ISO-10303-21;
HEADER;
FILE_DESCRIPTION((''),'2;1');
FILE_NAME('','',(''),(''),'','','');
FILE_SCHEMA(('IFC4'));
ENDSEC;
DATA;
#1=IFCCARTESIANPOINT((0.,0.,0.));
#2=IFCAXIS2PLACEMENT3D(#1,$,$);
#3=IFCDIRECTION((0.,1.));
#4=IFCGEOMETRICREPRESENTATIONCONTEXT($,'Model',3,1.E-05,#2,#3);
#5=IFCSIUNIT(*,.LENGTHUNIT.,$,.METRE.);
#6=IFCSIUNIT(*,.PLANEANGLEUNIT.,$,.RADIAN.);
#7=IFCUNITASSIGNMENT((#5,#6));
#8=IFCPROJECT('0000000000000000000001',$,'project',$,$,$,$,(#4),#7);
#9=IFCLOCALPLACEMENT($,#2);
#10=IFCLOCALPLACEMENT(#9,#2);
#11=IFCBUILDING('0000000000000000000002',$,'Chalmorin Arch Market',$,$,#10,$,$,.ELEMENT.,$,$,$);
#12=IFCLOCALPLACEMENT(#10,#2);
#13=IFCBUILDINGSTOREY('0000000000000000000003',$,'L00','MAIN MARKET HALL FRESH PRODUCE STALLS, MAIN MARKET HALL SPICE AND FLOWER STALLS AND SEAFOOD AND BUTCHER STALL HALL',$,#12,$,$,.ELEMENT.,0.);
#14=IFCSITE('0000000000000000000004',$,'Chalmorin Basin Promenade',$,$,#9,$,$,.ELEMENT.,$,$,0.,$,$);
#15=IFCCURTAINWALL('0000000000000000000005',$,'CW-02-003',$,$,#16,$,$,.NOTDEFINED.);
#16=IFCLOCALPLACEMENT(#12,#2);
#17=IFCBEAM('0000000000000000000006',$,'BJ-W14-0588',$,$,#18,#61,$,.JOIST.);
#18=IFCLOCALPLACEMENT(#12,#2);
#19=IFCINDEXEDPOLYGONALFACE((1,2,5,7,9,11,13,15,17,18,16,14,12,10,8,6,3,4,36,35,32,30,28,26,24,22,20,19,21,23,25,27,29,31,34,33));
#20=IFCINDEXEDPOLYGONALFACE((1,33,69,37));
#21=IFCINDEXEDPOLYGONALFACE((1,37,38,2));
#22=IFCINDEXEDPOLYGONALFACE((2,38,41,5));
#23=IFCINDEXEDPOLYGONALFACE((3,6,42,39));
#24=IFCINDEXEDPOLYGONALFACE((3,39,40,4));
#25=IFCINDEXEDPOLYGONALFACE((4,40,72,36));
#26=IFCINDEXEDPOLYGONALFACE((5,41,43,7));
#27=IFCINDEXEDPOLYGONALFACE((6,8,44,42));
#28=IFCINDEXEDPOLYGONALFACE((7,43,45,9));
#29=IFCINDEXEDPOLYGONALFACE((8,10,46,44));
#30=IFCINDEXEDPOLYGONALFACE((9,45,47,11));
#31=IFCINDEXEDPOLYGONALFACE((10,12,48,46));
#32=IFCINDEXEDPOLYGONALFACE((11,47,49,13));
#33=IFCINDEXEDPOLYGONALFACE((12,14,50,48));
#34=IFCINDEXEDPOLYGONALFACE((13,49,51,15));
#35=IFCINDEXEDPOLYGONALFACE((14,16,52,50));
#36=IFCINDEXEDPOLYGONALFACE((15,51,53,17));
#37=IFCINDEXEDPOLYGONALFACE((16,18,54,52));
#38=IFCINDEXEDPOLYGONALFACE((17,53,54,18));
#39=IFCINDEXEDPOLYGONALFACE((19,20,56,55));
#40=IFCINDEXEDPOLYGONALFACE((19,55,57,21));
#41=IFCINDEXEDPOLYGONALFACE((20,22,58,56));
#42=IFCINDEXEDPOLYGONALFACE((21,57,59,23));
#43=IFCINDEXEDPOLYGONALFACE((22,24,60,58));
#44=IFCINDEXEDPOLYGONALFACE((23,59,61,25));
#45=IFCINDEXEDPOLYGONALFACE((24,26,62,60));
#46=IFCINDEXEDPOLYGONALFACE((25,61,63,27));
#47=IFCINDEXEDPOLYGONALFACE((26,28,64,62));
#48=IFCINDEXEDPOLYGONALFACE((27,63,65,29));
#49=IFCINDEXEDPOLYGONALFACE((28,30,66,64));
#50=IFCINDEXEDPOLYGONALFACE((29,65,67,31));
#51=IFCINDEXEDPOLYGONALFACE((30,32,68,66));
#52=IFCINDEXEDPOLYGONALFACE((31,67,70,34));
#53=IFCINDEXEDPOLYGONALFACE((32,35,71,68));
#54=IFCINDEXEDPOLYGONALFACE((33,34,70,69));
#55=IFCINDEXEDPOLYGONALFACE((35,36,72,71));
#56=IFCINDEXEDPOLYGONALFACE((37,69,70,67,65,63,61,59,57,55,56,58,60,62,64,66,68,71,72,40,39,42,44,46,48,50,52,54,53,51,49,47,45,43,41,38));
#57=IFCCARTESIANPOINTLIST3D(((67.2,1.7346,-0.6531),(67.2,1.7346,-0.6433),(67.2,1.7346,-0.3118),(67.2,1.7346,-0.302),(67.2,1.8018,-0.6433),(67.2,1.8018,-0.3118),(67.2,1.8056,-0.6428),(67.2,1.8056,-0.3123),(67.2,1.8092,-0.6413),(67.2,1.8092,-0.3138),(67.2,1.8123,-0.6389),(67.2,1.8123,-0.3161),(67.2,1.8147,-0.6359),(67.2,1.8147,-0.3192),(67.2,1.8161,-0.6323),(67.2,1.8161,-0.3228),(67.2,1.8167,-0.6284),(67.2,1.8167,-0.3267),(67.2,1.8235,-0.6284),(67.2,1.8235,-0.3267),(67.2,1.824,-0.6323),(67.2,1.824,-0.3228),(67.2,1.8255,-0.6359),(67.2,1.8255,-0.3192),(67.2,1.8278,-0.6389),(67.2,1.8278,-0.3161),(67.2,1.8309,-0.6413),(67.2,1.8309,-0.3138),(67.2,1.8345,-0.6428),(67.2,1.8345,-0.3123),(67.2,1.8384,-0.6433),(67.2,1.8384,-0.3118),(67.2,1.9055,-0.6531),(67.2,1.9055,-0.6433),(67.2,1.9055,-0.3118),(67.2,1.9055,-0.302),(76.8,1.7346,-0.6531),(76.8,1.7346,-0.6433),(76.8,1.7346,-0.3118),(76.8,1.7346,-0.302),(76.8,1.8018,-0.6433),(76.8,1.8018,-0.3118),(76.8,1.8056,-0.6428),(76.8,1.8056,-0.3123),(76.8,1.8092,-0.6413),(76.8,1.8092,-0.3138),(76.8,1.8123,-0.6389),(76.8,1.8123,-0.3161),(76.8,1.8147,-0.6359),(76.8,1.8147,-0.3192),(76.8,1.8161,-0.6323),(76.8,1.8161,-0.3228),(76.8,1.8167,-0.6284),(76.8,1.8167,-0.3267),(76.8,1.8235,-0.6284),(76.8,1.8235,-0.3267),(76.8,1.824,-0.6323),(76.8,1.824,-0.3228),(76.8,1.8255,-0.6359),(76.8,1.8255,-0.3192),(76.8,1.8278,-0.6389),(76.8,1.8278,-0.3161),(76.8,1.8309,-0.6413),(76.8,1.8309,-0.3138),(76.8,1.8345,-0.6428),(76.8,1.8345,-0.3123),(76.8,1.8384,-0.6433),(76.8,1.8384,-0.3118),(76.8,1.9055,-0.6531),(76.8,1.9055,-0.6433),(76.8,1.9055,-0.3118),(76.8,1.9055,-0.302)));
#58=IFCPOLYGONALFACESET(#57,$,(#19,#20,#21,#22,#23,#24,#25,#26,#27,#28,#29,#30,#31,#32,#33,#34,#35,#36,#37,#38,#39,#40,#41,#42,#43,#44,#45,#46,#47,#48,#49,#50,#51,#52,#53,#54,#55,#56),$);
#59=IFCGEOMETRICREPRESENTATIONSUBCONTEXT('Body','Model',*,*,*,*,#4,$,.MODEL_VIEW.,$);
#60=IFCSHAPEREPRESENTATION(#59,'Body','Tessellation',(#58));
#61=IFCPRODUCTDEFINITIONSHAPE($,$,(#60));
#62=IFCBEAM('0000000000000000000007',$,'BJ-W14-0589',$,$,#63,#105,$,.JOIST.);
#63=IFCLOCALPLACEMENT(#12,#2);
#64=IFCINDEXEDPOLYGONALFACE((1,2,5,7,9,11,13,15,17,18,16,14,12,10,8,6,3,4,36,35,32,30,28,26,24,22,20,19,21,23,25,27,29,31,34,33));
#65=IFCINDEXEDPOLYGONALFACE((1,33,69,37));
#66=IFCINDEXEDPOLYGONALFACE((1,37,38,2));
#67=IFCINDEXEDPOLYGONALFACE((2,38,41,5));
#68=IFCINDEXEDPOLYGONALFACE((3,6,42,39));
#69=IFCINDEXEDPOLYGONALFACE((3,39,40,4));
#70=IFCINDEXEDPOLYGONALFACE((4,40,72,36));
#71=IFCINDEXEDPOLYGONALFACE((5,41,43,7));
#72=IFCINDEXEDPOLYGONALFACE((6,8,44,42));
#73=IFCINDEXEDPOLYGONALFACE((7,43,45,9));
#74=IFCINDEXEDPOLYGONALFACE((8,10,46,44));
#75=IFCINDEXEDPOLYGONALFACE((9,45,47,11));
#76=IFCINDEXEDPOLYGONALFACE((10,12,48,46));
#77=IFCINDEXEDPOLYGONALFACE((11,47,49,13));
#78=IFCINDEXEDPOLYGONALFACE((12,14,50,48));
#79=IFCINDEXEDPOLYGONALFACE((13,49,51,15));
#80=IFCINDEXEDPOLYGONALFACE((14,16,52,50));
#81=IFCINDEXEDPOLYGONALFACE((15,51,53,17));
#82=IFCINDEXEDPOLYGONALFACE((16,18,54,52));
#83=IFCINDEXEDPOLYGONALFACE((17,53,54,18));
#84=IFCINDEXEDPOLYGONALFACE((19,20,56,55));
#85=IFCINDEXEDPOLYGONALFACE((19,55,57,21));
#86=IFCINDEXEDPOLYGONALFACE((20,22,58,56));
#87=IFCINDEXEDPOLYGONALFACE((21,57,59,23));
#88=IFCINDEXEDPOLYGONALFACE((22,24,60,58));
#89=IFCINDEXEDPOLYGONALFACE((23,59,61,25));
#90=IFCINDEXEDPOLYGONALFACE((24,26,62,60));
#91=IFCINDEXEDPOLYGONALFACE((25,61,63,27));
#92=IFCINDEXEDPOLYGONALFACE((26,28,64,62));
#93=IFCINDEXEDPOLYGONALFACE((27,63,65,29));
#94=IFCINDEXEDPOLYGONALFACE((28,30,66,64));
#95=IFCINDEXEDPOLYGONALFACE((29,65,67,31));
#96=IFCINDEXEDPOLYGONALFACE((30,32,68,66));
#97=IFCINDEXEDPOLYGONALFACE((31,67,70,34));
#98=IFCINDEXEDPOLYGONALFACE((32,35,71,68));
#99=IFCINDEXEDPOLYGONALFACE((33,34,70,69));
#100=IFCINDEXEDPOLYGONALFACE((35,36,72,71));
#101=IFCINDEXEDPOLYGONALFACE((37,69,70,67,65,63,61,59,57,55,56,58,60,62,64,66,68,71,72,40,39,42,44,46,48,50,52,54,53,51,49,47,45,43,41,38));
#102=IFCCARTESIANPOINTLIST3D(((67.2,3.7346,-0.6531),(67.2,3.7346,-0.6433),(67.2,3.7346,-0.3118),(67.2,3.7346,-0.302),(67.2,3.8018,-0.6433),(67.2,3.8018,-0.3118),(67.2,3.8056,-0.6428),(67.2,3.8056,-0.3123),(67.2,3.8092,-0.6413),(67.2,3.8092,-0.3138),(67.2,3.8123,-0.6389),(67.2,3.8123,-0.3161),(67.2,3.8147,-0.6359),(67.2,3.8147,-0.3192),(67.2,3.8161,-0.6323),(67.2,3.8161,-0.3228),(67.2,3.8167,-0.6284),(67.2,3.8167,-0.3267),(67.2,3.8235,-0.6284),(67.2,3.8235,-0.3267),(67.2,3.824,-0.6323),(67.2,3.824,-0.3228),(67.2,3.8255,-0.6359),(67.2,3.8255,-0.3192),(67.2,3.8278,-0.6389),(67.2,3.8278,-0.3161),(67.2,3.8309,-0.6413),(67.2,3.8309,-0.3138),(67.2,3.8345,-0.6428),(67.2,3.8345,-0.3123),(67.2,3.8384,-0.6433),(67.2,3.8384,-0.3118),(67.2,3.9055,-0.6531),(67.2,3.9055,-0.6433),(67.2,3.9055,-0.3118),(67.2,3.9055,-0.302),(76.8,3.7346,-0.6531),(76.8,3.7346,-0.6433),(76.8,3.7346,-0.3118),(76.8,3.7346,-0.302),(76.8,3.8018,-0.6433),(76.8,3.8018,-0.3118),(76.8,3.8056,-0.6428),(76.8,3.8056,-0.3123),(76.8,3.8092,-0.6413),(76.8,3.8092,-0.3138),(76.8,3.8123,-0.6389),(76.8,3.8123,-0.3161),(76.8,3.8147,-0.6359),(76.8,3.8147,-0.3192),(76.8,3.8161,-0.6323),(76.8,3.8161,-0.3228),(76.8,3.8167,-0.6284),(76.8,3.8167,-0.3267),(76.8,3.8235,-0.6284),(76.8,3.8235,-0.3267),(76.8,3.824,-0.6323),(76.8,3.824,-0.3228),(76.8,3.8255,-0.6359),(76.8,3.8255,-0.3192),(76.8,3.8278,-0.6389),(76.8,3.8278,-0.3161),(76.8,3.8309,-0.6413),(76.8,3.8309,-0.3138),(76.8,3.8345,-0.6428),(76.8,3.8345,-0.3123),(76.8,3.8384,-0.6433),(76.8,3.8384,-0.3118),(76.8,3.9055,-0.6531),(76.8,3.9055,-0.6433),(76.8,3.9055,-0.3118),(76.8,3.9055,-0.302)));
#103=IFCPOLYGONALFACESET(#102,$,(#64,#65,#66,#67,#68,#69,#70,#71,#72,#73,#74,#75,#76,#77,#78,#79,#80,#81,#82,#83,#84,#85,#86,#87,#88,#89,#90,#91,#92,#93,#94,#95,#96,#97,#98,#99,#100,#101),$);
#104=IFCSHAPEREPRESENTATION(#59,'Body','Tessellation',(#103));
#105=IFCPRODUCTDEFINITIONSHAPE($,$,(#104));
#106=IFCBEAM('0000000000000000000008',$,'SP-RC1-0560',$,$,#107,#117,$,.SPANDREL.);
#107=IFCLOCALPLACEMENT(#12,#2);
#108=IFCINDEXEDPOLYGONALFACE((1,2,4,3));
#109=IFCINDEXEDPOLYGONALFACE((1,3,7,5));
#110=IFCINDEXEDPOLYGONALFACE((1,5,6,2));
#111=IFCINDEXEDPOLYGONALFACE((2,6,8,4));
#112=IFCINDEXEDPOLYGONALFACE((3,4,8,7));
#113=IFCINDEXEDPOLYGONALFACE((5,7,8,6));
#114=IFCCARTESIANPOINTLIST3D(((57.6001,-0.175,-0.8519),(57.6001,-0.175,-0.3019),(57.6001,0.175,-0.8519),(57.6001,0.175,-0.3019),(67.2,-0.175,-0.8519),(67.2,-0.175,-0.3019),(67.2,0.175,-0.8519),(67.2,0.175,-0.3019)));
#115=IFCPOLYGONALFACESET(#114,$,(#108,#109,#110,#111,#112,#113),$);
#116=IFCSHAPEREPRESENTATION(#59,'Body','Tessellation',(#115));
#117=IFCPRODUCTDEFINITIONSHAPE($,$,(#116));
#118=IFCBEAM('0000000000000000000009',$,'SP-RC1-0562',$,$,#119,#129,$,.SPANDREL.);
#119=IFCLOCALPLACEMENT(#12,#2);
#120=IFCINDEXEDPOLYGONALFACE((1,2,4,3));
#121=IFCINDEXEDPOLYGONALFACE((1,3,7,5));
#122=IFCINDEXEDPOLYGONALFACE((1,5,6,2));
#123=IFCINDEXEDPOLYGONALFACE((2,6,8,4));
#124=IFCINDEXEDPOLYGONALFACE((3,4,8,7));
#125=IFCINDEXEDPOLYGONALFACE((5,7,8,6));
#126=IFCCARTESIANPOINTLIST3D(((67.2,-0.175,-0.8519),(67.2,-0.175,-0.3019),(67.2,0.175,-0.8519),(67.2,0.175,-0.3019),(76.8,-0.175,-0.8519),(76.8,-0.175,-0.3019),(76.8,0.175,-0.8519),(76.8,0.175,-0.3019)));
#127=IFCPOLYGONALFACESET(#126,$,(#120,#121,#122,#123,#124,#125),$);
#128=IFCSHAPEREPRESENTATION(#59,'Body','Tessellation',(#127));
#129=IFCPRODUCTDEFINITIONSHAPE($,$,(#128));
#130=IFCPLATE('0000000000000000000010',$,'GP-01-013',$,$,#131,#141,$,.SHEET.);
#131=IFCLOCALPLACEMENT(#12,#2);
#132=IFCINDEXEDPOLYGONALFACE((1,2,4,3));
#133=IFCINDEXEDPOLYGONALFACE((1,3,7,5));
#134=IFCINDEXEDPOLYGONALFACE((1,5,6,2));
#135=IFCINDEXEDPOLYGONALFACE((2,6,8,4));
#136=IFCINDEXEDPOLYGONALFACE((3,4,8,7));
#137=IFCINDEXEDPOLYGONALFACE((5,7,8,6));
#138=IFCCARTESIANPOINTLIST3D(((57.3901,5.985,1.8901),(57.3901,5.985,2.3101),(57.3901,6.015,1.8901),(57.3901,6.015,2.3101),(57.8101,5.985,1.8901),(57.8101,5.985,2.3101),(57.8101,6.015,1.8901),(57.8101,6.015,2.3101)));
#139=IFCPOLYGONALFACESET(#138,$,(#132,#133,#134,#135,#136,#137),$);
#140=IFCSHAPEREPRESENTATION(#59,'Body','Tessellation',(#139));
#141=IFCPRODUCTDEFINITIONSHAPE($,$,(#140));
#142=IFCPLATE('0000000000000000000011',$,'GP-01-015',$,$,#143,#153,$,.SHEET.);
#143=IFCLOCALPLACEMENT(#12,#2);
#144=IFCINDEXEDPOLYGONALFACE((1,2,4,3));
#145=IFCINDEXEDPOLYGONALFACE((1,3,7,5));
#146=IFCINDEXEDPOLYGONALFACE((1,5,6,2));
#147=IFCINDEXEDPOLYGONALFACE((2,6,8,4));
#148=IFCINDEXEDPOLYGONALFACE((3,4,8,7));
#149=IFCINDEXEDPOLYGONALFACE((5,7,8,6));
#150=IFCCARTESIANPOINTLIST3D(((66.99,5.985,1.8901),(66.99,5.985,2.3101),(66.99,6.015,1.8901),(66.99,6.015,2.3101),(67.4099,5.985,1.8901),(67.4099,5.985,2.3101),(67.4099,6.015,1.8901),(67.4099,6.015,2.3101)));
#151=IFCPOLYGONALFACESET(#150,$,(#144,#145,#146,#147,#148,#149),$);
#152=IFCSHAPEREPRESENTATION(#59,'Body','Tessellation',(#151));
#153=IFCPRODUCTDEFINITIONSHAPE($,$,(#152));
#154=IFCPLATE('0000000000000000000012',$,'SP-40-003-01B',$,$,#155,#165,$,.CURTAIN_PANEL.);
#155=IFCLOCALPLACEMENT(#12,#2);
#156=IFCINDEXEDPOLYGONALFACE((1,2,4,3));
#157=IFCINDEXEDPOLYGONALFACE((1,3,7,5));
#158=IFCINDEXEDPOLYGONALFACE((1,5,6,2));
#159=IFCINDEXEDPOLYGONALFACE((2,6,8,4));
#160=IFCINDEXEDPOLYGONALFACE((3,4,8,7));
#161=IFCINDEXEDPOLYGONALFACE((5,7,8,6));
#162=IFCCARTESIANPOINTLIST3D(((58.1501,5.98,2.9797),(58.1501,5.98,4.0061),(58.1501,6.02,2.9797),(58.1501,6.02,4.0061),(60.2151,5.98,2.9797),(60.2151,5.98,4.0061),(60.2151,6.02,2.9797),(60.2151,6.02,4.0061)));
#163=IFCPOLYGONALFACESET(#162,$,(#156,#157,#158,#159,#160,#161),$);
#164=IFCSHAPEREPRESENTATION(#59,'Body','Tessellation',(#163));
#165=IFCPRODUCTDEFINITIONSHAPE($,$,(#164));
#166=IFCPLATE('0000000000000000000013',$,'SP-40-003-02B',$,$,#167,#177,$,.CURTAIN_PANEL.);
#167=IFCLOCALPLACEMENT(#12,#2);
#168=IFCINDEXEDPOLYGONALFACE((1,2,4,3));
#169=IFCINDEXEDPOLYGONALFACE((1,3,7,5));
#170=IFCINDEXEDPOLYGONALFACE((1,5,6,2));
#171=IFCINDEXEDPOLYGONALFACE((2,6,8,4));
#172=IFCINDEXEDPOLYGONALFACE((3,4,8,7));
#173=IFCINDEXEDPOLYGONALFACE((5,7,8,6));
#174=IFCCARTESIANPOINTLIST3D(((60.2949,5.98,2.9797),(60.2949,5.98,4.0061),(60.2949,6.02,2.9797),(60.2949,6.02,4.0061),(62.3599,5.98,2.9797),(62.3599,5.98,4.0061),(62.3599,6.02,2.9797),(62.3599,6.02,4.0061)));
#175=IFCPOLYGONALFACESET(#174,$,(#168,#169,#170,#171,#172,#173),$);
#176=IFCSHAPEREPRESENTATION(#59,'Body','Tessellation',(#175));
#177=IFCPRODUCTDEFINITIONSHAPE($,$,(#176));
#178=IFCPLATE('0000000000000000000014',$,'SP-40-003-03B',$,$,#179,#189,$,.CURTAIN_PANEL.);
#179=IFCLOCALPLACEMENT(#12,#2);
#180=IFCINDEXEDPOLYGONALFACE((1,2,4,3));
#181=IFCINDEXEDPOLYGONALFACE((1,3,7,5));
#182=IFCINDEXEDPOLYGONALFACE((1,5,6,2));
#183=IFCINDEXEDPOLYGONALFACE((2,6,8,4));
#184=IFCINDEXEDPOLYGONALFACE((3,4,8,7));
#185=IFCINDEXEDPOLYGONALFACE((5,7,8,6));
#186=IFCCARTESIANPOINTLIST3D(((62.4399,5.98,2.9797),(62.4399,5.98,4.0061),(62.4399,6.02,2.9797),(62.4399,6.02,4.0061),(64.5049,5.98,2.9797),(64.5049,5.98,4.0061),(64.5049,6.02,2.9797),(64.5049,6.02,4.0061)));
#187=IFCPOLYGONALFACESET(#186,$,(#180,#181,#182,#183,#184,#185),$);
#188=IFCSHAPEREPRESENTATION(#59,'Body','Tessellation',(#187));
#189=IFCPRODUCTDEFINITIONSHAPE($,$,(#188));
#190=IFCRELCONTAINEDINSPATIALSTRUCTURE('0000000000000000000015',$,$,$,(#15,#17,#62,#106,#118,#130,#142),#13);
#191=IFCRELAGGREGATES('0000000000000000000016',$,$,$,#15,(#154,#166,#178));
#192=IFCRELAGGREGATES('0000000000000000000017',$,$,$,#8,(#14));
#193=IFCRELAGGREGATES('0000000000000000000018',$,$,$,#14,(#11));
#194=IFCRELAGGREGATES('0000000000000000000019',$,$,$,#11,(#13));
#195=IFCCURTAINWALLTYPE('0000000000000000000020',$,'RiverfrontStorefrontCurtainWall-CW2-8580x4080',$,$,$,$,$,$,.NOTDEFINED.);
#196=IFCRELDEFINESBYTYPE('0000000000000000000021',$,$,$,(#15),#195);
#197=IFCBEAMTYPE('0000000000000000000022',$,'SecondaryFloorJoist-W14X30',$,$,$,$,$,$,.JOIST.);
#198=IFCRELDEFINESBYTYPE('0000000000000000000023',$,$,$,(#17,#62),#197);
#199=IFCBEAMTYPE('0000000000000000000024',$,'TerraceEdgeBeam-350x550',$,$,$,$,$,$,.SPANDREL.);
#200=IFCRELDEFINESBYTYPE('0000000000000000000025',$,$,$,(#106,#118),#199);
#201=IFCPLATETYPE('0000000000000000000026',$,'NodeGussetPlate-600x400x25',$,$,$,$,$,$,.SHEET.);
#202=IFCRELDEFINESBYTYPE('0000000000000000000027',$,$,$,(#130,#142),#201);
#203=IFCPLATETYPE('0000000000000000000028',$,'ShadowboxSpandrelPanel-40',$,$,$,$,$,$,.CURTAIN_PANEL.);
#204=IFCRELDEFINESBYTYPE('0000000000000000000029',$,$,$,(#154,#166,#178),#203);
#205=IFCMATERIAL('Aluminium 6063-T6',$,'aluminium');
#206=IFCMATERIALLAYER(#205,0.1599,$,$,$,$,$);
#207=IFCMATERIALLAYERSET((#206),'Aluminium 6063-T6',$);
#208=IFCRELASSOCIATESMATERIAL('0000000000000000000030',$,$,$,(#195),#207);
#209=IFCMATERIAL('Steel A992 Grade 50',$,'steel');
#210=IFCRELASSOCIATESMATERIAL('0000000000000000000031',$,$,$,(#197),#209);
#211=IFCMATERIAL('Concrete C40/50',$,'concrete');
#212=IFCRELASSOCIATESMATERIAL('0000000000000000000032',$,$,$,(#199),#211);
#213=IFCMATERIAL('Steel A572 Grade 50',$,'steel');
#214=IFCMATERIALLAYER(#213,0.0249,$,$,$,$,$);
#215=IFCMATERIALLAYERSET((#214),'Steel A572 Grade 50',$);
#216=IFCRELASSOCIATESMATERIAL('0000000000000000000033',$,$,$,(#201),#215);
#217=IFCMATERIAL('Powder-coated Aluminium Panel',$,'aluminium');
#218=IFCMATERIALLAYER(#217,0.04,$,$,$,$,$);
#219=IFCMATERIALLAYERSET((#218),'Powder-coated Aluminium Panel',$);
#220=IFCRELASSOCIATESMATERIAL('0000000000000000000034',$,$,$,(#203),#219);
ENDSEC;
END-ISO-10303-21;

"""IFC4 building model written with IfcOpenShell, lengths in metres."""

from ifc_helpers import new_model, si_unit, direction, frame, origin, origin_2d, place, context, subcontext, project, spatial, rectangle, i_section, extrude, material, layer, layer_set, material_profile, profile_set, type_object, element, aggregate, save


model = new_model("IFC4")

# Units and contexts
model_context = context("Model", 3, precision=1e-05, world=origin(), true_north=direction((0.0, 1.0)))
body_context = subcontext(model_context, "Body", "Model", "MODEL_VIEW")
ifc_project = project(units=[si_unit("LENGTHUNIT", "METRE"), si_unit("PLANEANGLEUNIT", "RADIAN")], contexts=[model_context])

# Site, building, storey
site_placement = place(None, origin())
site = spatial("IfcSite", under=ifc_project, at=site_placement, Name="Chalmorin Basin Promenade", CompositionType="ELEMENT", RefElevation=0.0)
building_placement = place(site_placement, origin())
building = spatial("IfcBuilding", under=site, at=building_placement, Name="Chalmorin Arch Market", CompositionType="ELEMENT")
storey_placement = place(building_placement, origin())
storey = spatial("IfcBuildingStorey", under=building, at=storey_placement, Name="L00", Description="MAIN MARKET HALL FRESH PRODUCE STALLS, MAIN MARKET HALL SPICE AND FLOWER STALLS AND SEAFOOD AND BUTCHER STALL HALL", CompositionType="ELEMENT", Elevation=0.0)

# Shared definitions
ifc_material_1 = material(Name="Concrete C40/50", Category="concrete")

# Curtain wall
ifc_material_2 = material(Name="Aluminium 6063-T6", Category="aluminium")
ifc_layer_1 = layer(ifc_material_2, 0.1599)
ifc_layer_set_1 = layer_set([ifc_layer_1], Name="Aluminium 6063-T6")
curtain_wall_type = type_object("IfcCurtainWallType", Name="RiverfrontStorefrontCurtainWall-CW2-8580x4080", PredefinedType="NOTDEFINED", material=ifc_layer_set_1)
curtain_wall_placement = place(storey_placement, origin())
curtain_wall = element("IfcCurtainWall", 1, at=curtain_wall_placement, inside=storey, type_object=curtain_wall_type, Name="CW-02-003", PredefinedType="NOTDEFINED")

# Beams
ifc_material_3 = material(Name="Steel A992 Grade 50", Category="steel")
ifc_material_profile_1 = material_profile(ifc_material_3, i_section(OverallWidth=0.1709, OverallDepth=0.3511, WebThickness=0.0068, FlangeThickness=0.0098, FilletRadius=0.0149, at=origin_2d()), Name="W14X30")
ifc_profile_set_1 = profile_set([ifc_material_profile_1], Name="Steel A992 Grade 50")
beam_type_1 = type_object("IfcBeamType", Name="SecondaryFloorJoist-W14X30", PredefinedType="JOIST", material=ifc_profile_set_1)
for number, where, z_axis, x_axis, name in (
    (2, (67.2, 1.8201, -0.4775), (1.0, 0.0, 0.0), (0.0, 1.0, 0.0), "BJ-W14-0588"),
    (3, (67.2, 3.8201, -0.4775), (1.0, 0.0, 0.0), (0.0, 1.0, 0.0), "BJ-W14-0589"),
):
    element("IfcBeam", number, at=place(storey_placement, frame(where, z_axis=z_axis, x_axis=x_axis)), inside=storey, type_object=beam_type_1, Name=name, PredefinedType="JOIST", context=body_context, shape_type="SweptSolid", body=[
        extrude(i_section(OverallWidth=0.1709, OverallDepth=0.3511, WebThickness=0.0068, FlangeThickness=0.0098, FilletRadius=0.0149, at=origin_2d()), origin(), (0.0, 0.0, 1.0), 9.6001),
    ])
ifc_material_profile_2 = material_profile(ifc_material_1, rectangle(XDim=0.3501, YDim=0.55, at=origin_2d()), Name="RC350X550")
ifc_profile_set_2 = profile_set([ifc_material_profile_2], Name="Concrete C40/50")
beam_type_2 = type_object("IfcBeamType", Name="TerraceEdgeBeam-350x550", PredefinedType="SPANDREL", material=ifc_profile_set_2)
beam_1_placement = place(storey_placement, frame((57.6001, 0.0, -0.5769), z_axis=(1.0, 0.0, 0.0), x_axis=(0.0, 1.0, 0.0)))
element("IfcBeam", 4, at=beam_1_placement, inside=storey, type_object=beam_type_2, Name="SP-RC1-0560", PredefinedType="SPANDREL", context=body_context, shape_type="SweptSolid", body=[
    extrude(rectangle(XDim=0.3501, YDim=0.55, at=origin_2d()), origin(), (0.0, 0.0, 1.0), 9.5999),
])
beam_2_placement = place(storey_placement, frame((67.2, 0.0, -0.5769), z_axis=(1.0, 0.0, 0.0), x_axis=(0.0, 1.0, 0.0)))
element("IfcBeam", 5, at=beam_2_placement, inside=storey, type_object=beam_type_2, Name="SP-RC1-0562", PredefinedType="SPANDREL", context=body_context, shape_type="SweptSolid", body=[
    extrude(rectangle(XDim=0.3501, YDim=0.55, at=origin_2d()), origin(), (0.0, 0.0, 1.0), 9.6001),
])

# Plates
ifc_material_4 = material(Name="Steel A572 Grade 50", Category="steel")
ifc_layer_2 = layer(ifc_material_4, 0.0249)
ifc_layer_set_2 = layer_set([ifc_layer_2], Name="Steel A572 Grade 50")
plate_type_1 = type_object("IfcPlateType", Name="NodeGussetPlate-600x400x25", PredefinedType="SHEET", material=ifc_layer_set_2)
for number, where, z_axis, x_axis, name in (
    (6, (57.6001, 6.0, 1.8901), (0.0, 0.0, 1.0), (1.0, 0.0, 0.0), "GP-01-013"),
    (7, (67.2, 6.0, 1.8901), (0.0, 0.0, 1.0), (1.0, 0.0, 0.0), "GP-01-015"),
):
    element("IfcPlate", number, at=place(storey_placement, frame(where, z_axis=z_axis, x_axis=x_axis)), inside=storey, type_object=plate_type_1, Name=name, PredefinedType="SHEET", context=body_context, shape_type="SweptSolid", body=[
        extrude(rectangle(XDim=0.4199, YDim=0.03, at=origin_2d()), origin(), (0.0, 0.0, 1.0), 0.4199),
    ])

# Plates
ifc_material_5 = material(Name="Powder-coated Aluminium Panel", Category="aluminium")
ifc_layer_3 = layer(ifc_material_5, 0.04)
ifc_layer_set_3 = layer_set([ifc_layer_3], Name="Powder-coated Aluminium Panel")
plate_type_2 = type_object("IfcPlateType", Name="ShadowboxSpandrelPanel-40", PredefinedType="CURTAIN_PANEL", material=ifc_layer_set_3)
plate_1_placement = place(storey_placement, frame((59.1826, 6.0, 2.9797), z_axis=(0.0, 0.0, 1.0), x_axis=(1.0, 0.0, 0.0)))
plate_1 = element("IfcPlate", 8, at=plate_1_placement, type_object=plate_type_2, Name="SP-40-003-01B", PredefinedType="CURTAIN_PANEL", context=body_context, shape_type="SweptSolid", body=[
    extrude(rectangle(XDim=2.0649, YDim=0.04, at=origin_2d()), origin(), (0.0, 0.0, 1.0), 1.0264),
])
plate_2_placement = place(storey_placement, frame((61.3274, 6.0, 2.9797), z_axis=(0.0, 0.0, 1.0), x_axis=(1.0, 0.0, 0.0)))
plate_2 = element("IfcPlate", 9, at=plate_2_placement, type_object=plate_type_2, Name="SP-40-003-02B", PredefinedType="CURTAIN_PANEL", context=body_context, shape_type="SweptSolid", body=[
    extrude(rectangle(XDim=2.0649, YDim=0.04, at=origin_2d()), origin(), (0.0, 0.0, 1.0), 1.0264),
])
plate_3_placement = place(storey_placement, frame((63.4724, 6.0, 2.9797), z_axis=(0.0, 0.0, 1.0), x_axis=(1.0, 0.0, 0.0)))
plate_3 = element("IfcPlate", 10, at=plate_3_placement, type_object=plate_type_2, Name="SP-40-003-03B", PredefinedType="CURTAIN_PANEL", context=body_context, shape_type="SweptSolid", body=[
    extrude(rectangle(XDim=2.0649, YDim=0.04, at=origin_2d()), origin(), (0.0, 0.0, 1.0), 1.0264),
])
aggregate(curtain_wall, [plate_1, plate_2, plate_3])

save(model, "model.ifc")
